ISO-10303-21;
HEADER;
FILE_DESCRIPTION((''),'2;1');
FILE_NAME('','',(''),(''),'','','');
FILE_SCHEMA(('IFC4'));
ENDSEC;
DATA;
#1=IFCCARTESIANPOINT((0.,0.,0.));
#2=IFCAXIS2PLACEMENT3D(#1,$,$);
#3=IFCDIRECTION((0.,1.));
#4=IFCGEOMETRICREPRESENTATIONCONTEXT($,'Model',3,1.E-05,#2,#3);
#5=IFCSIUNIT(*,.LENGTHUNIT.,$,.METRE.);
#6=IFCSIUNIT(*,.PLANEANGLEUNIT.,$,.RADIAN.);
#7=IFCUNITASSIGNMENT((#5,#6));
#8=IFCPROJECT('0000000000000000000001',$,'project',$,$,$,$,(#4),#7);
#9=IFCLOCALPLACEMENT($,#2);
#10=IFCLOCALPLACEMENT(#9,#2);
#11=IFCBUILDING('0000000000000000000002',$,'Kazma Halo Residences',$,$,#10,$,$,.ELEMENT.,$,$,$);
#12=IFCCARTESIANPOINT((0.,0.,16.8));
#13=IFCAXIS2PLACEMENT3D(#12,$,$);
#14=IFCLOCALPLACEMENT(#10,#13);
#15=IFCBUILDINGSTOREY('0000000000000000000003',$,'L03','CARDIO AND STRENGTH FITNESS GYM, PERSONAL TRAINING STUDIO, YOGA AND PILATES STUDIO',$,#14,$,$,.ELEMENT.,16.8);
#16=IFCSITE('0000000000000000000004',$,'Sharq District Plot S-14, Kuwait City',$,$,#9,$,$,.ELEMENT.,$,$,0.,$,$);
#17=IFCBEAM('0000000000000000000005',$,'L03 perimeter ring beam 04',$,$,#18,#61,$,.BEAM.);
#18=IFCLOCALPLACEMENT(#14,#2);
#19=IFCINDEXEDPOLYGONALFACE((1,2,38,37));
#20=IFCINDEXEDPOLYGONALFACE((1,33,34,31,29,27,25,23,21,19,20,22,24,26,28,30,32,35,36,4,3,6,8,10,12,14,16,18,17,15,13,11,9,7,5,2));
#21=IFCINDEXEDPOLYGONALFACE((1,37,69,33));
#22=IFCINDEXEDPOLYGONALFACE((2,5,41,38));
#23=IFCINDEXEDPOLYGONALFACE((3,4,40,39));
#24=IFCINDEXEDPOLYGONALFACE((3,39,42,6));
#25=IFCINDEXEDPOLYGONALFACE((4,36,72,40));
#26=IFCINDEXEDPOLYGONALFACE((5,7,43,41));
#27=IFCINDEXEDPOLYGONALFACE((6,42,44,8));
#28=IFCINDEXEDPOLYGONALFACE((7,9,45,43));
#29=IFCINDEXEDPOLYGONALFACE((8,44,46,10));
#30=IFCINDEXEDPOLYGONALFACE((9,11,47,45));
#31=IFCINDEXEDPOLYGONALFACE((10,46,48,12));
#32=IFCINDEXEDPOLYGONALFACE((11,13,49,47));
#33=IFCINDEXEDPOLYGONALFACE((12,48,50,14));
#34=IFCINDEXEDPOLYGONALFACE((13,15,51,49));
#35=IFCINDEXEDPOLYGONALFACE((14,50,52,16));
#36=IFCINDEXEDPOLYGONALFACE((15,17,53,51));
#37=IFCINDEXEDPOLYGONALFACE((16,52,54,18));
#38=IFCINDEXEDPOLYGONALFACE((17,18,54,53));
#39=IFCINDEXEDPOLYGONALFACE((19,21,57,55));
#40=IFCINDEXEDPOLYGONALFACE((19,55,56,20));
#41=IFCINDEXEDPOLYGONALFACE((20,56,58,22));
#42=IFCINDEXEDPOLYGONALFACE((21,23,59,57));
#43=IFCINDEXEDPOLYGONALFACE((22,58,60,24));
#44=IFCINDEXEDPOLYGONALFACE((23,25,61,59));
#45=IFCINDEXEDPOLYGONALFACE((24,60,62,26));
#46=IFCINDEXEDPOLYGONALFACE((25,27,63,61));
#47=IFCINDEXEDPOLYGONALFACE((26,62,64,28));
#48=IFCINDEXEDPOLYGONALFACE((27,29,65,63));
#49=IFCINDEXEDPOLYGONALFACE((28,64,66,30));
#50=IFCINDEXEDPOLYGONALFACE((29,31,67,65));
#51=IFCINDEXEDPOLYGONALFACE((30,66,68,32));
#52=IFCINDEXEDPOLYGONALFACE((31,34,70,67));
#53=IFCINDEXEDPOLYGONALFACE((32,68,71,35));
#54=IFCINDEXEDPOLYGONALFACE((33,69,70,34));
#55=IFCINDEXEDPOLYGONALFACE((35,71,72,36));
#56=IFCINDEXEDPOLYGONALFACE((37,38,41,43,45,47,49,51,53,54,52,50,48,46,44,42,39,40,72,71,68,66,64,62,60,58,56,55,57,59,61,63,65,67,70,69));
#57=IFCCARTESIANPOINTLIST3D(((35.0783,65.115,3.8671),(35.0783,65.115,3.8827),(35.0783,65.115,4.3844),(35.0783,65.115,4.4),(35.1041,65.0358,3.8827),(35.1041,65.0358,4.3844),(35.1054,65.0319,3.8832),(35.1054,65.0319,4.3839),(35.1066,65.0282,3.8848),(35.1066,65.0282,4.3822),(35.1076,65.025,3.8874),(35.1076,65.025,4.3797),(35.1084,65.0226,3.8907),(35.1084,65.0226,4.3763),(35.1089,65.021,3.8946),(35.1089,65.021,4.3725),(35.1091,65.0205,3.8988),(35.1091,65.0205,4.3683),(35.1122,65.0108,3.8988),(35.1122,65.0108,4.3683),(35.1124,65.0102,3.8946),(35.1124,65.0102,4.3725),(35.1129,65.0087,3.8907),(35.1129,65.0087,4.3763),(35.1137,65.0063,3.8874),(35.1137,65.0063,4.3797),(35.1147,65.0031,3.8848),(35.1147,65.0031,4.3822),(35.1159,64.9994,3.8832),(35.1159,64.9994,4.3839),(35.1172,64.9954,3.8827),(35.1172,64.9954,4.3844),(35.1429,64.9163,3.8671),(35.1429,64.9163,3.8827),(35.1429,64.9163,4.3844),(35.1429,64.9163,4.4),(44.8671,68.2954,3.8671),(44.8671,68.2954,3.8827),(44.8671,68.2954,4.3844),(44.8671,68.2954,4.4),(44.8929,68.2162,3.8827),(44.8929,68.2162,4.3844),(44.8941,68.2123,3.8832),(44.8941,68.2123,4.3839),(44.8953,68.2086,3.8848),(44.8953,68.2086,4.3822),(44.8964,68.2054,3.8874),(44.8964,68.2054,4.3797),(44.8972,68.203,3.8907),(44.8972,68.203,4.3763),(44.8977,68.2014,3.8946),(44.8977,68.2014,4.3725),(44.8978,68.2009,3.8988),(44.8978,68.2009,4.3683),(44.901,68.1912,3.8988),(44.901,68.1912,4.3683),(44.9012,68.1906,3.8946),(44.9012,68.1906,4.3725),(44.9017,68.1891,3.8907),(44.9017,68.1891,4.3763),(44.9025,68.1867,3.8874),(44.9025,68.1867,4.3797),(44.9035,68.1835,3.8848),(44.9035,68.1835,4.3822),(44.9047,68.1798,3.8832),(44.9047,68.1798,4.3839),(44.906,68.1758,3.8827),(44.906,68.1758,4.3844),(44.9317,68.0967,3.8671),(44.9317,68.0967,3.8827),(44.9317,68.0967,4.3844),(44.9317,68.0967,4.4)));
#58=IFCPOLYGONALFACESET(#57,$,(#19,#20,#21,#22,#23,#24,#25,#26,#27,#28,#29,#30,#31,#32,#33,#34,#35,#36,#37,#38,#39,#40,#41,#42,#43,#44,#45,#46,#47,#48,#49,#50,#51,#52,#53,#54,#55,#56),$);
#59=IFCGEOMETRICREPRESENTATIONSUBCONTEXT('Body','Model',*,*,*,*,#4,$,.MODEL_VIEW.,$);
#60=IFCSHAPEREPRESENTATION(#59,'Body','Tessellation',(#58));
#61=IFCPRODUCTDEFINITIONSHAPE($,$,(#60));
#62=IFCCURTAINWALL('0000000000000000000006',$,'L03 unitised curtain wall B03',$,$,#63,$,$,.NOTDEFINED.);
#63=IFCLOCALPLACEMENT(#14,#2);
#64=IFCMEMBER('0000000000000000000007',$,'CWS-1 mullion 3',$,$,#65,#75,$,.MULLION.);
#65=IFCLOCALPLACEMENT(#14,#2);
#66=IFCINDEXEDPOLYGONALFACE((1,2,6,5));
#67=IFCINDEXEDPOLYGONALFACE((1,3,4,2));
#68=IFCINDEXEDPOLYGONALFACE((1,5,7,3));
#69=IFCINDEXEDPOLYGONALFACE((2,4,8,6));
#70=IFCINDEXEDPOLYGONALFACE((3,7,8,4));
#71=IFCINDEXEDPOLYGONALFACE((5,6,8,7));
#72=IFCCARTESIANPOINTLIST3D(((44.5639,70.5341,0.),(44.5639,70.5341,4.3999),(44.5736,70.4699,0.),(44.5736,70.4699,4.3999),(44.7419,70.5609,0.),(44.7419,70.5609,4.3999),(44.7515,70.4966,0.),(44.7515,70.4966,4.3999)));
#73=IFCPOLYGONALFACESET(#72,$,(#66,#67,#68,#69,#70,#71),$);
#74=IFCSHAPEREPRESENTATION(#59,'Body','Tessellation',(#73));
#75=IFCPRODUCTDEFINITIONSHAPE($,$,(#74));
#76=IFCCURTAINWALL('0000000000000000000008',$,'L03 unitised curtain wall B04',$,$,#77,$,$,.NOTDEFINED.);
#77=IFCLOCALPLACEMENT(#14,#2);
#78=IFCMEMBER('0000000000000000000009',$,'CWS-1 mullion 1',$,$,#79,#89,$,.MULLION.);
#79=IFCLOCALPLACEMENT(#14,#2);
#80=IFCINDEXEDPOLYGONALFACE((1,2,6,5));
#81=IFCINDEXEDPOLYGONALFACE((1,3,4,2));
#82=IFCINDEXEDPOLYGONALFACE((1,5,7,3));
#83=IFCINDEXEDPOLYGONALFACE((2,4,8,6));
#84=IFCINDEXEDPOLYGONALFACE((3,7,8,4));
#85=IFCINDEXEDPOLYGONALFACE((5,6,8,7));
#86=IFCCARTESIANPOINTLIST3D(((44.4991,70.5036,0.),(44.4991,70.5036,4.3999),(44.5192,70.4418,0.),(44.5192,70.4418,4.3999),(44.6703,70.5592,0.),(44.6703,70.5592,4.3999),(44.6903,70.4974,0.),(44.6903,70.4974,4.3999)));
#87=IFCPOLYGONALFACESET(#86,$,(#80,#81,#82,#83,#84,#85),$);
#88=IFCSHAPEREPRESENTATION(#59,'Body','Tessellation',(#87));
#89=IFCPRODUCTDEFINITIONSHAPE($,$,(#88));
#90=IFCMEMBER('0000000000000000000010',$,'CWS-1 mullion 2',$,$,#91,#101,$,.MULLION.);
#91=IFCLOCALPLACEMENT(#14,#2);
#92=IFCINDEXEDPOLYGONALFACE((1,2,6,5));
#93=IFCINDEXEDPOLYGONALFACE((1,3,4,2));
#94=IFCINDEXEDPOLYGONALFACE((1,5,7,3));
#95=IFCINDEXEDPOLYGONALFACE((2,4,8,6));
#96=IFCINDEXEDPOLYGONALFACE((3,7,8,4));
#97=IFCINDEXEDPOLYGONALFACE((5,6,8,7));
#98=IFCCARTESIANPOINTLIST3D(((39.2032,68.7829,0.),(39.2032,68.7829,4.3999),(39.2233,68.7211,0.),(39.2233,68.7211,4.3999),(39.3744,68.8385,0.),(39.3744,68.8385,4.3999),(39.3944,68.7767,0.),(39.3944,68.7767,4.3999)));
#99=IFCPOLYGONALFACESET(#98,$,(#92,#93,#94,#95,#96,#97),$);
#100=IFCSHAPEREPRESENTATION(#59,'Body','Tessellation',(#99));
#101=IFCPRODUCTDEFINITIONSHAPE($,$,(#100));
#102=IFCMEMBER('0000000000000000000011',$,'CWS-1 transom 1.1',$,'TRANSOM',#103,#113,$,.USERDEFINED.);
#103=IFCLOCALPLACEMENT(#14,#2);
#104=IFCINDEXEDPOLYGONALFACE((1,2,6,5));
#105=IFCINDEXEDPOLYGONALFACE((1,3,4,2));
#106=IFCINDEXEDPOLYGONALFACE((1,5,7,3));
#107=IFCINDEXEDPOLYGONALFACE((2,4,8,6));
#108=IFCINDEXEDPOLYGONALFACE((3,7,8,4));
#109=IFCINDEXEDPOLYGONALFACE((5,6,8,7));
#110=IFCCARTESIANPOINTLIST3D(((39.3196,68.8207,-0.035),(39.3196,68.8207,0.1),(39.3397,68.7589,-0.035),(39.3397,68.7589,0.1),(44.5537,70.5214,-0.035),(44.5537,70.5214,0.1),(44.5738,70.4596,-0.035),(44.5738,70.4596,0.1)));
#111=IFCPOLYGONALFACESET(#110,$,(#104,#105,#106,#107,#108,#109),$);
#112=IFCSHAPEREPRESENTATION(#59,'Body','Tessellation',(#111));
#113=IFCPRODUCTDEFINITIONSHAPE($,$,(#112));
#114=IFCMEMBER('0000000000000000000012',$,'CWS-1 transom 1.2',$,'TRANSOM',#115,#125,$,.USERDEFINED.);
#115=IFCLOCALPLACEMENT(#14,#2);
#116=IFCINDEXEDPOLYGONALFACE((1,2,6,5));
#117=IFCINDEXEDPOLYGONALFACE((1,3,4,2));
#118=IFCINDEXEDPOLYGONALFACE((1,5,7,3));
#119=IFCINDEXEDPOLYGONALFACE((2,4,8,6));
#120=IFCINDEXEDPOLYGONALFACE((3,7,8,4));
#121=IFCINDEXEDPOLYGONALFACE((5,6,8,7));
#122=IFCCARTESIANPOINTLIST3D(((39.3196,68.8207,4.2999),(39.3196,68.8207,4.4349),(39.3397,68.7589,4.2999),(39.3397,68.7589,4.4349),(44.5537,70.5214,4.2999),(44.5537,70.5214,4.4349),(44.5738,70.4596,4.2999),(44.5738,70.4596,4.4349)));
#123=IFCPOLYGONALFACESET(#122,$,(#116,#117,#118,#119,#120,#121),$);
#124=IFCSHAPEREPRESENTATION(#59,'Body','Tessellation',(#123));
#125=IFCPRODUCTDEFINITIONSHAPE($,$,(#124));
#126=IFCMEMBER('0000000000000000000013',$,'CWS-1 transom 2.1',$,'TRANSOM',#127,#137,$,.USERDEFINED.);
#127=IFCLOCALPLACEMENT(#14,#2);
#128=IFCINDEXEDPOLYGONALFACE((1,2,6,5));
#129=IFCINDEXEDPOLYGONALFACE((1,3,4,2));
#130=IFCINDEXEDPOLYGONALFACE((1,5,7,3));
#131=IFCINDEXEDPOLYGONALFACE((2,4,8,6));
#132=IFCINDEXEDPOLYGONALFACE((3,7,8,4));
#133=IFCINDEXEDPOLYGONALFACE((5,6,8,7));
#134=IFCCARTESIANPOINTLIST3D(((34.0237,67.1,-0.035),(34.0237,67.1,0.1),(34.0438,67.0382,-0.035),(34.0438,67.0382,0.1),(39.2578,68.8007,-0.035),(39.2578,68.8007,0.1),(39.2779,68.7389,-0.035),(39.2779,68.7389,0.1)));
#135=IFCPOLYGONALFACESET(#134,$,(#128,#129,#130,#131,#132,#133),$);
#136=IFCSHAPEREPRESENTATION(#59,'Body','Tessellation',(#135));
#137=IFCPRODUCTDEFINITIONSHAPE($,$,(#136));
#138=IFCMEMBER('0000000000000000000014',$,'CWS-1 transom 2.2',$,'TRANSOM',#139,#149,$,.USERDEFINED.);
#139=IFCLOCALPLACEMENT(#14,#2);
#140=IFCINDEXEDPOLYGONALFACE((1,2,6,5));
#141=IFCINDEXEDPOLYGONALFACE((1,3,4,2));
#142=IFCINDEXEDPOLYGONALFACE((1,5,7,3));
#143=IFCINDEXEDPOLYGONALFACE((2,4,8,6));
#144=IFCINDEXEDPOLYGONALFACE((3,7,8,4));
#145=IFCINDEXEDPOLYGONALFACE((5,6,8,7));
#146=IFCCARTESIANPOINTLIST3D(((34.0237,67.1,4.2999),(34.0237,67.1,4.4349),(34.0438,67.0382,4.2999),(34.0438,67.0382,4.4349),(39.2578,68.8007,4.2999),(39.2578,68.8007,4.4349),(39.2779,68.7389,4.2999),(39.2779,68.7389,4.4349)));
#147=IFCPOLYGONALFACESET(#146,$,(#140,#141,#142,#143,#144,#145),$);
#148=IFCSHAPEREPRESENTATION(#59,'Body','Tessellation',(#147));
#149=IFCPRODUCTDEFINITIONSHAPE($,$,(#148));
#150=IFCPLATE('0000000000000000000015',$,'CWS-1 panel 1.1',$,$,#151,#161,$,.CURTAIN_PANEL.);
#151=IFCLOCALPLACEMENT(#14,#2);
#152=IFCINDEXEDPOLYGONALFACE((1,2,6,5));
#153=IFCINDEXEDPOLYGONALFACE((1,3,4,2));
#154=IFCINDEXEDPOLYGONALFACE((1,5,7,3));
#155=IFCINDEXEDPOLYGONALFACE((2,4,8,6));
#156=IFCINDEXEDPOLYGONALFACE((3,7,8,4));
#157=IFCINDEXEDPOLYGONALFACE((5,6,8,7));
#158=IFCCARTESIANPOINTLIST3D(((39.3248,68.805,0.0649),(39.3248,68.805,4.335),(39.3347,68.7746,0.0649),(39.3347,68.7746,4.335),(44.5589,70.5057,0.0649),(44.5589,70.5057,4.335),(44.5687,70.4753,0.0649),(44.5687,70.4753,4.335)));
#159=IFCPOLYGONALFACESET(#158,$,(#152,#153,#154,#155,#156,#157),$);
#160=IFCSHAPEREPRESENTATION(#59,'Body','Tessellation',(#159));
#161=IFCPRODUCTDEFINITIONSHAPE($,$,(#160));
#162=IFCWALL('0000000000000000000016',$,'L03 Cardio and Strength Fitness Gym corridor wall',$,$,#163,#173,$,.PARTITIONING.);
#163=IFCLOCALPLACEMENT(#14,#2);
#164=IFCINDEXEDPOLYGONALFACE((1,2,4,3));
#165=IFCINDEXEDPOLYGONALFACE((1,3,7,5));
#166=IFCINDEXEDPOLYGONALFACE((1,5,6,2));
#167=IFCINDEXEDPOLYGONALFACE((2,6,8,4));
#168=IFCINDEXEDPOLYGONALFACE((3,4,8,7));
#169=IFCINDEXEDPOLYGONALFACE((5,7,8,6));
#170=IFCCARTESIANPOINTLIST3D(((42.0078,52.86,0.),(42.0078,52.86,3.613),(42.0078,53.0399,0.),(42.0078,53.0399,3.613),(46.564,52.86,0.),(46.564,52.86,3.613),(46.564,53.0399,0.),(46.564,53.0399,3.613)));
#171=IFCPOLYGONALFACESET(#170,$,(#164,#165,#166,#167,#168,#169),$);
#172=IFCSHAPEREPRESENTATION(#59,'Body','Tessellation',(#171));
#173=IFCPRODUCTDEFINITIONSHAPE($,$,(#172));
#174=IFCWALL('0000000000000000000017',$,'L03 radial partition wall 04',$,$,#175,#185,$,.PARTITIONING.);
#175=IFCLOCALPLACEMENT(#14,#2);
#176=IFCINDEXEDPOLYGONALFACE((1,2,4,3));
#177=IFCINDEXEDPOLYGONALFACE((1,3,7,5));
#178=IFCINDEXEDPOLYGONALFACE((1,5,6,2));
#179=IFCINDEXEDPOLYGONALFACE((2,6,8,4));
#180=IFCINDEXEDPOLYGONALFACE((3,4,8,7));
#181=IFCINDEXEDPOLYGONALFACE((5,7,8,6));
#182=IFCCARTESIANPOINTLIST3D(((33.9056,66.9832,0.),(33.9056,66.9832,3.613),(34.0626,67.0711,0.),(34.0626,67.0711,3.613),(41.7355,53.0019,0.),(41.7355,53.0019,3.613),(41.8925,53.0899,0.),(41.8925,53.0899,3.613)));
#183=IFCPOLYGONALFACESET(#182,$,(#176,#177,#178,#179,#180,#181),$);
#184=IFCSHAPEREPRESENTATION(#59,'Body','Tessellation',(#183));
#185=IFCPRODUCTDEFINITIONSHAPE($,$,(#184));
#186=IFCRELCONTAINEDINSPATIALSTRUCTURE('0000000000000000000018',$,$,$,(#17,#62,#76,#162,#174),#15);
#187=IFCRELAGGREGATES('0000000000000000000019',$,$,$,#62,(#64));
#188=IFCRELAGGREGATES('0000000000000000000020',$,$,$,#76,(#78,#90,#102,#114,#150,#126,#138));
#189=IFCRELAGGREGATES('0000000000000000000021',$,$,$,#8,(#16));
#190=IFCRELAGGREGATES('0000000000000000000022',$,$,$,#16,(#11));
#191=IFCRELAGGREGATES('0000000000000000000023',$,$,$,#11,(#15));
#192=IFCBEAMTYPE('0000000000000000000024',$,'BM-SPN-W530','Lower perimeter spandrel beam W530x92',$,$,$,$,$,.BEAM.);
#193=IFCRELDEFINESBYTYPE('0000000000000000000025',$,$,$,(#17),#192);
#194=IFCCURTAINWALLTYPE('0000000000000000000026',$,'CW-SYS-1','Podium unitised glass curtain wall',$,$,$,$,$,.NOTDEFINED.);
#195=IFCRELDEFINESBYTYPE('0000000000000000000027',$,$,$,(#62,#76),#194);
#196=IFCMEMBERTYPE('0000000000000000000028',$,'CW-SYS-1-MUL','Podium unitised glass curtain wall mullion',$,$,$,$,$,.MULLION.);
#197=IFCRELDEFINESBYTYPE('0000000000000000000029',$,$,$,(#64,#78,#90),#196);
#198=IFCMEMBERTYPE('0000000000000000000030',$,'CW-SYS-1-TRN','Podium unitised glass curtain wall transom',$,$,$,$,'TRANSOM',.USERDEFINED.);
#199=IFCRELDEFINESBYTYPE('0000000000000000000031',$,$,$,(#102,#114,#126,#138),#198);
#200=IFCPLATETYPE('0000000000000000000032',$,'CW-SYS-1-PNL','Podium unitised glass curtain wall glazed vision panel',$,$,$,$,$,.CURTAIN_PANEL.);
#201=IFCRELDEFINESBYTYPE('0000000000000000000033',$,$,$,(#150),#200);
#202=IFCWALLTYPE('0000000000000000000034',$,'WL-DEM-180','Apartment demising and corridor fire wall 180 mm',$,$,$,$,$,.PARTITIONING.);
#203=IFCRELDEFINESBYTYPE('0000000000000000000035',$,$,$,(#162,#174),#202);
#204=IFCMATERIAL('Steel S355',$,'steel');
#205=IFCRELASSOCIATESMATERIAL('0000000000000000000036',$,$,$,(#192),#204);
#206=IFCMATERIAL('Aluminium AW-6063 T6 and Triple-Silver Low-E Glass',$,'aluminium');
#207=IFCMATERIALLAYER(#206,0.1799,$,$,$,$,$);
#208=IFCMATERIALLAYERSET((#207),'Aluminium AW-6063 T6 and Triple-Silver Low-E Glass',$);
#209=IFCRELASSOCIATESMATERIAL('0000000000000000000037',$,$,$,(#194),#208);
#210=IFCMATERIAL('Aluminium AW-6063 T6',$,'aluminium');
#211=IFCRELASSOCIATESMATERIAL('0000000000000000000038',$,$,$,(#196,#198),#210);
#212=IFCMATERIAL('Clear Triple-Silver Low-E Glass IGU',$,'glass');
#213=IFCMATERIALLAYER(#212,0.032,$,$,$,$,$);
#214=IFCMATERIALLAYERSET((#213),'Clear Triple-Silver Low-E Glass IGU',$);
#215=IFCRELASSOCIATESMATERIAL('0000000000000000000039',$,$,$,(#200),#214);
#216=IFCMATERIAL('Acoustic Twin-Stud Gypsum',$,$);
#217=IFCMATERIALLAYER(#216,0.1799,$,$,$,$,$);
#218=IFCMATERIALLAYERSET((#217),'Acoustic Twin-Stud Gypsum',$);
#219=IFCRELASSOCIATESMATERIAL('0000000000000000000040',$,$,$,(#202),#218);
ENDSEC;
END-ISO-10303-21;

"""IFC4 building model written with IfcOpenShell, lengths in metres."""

from ifc_helpers import new_model, si_unit, direction, frame, frame_2d, origin, origin_2d, place, context, subcontext, project, spatial, rectangle, i_section, extrude, material, layer, layer_set, material_profile, profile_set, type_object, element, aggregate, save


model = new_model("IFC4")

# Units and contexts
model_context = context("Model", 3, precision=1e-05, world=origin(), true_north=direction((0.0, 1.0)))
body_context = subcontext(model_context, "Body", "Model", "MODEL_VIEW")
ifc_project = project(units=[si_unit("LENGTHUNIT", "METRE"), si_unit("PLANEANGLEUNIT", "RADIAN")], contexts=[model_context])

# Site, building, storey
site_placement = place(None, origin())
site = spatial("IfcSite", under=ifc_project, at=site_placement, Name="Sharq District Plot S-14, Kuwait City", CompositionType="ELEMENT", RefElevation=0.0)
building_placement = place(site_placement, origin())
building = spatial("IfcBuilding", under=site, at=building_placement, Name="Kazma Halo Residences", CompositionType="ELEMENT")
storey_placement = place(building_placement, frame((0.0, 0.0, 16.8)))
storey = spatial("IfcBuildingStorey", under=building, at=storey_placement, Name="L03", Description="CARDIO AND STRENGTH FITNESS GYM, PERSONAL TRAINING STUDIO, YOGA AND PILATES STUDIO", CompositionType="ELEMENT", Elevation=16.8)

# Beam
ifc_material_1 = material(Name="Steel S355", Category="steel")
ifc_material_profile_1 = material_profile(ifc_material_1, i_section(OverallWidth=0.209, OverallDepth=0.533, WebThickness=0.0103, FlangeThickness=0.0156, FilletRadius=0.0161, at=origin_2d()), Name="W530x92")
ifc_profile_set_1 = profile_set([ifc_material_profile_1], Name="Steel S355")
beam_type_1 = type_object("IfcBeamType", Name="BM-SPN-W530", Description="Lower perimeter spandrel beam W530x92", PredefinedType="BEAM", material=ifc_profile_set_1)
beam_1_placement = place(storey_placement, frame((44.8994, 68.196, 4.1335), z_axis=(-0.951061, -0.309003, 0.0), x_axis=(0.309003, -0.951061, 0.0)))
element("IfcBeam", 1, at=beam_1_placement, inside=storey, type_object=beam_type_1, Name="L03 perimeter ring beam 04", PredefinedType="BEAM", context=body_context, shape_type="SweptSolid", body=[
    extrude(i_section(OverallWidth=0.209, OverallDepth=0.533, WebThickness=0.0103, FlangeThickness=0.0156, FilletRadius=0.0161, at=origin_2d()), origin(), (0.0, 0.0, 1.0), 10.2925),
])

# Curtain wall, member
ifc_material_2 = material(Name="Aluminium AW-6063 T6 and Triple-Silver Low-E Glass", Category="aluminium")
ifc_layer_1 = layer(ifc_material_2, 0.1799)
ifc_layer_set_1 = layer_set([ifc_layer_1], Name="Aluminium AW-6063 T6 and Triple-Silver Low-E Glass")
curtain_wall_type = type_object("IfcCurtainWallType", Name="CW-SYS-1", Description="Podium unitised glass curtain wall", PredefinedType="NOTDEFINED", material=ifc_layer_set_1)
curtain_wall_1_placement = place(storey_placement, origin())
curtain_wall_1 = element("IfcCurtainWall", 2, at=curtain_wall_1_placement, inside=storey, type_object=curtain_wall_type, Name="L03 unitised curtain wall B03", PredefinedType="NOTDEFINED")
ifc_material_3 = material(Name="Aluminium AW-6063 T6", Category="aluminium")
ifc_material_profile_2 = material_profile(ifc_material_3, rectangle(XDim=0.0649, YDim=0.1799, at=origin_2d()), Name="CWM-65x180")
ifc_profile_set_2 = profile_set([ifc_material_profile_2], Name="Aluminium AW-6063 T6")
member_type_1 = type_object("IfcMemberType", Name="CW-SYS-1-MUL", Description="Podium unitised glass curtain wall mullion", PredefinedType="MULLION", material=ifc_profile_set_2)
member_1_placement = place(storey_placement, frame((44.6577, 70.5154, 0.0), z_axis=(0.0, 0.0, 1.0), x_axis=(0.148549, -0.988905, 0.0)))
member_1 = element("IfcMember", 3, at=member_1_placement, type_object=member_type_1, Name="CWS-1 mullion 3", PredefinedType="MULLION", context=body_context, shape_type="SweptSolid", body=[
    extrude(rectangle(XDim=0.0649, YDim=0.1799, at=origin_2d()), origin(), (0.0, 0.0, 1.0), 4.3999),
])
aggregate(curtain_wall_1, [member_1])

# Curtain wall, members, plate
curtain_wall_2_placement = place(storey_placement, origin())
curtain_wall_2 = element("IfcCurtainWall", 4, at=curtain_wall_2_placement, inside=storey, type_object=curtain_wall_type, Name="L03 unitised curtain wall B04", PredefinedType="NOTDEFINED")
member_2_placement = place(storey_placement, frame((44.5947, 70.5005, 0.0), z_axis=(0.0, 0.0, 1.0), x_axis=(0.309017, -0.951056, 0.0)))
member_2 = element("IfcMember", 5, at=member_2_placement, type_object=member_type_1, Name="CWS-1 mullion 1", PredefinedType="MULLION", context=body_context, shape_type="SweptSolid", body=[
    extrude(rectangle(XDim=0.0649, YDim=0.1799, at=origin_2d()), origin(), (0.0, 0.0, 1.0), 4.3999),
])
member_3_placement = place(storey_placement, frame((39.2988, 68.7798, 0.0), z_axis=(0.0, 0.0, 1.0), x_axis=(0.309017, -0.951056, 0.0)))
member_3 = element("IfcMember", 6, at=member_3_placement, type_object=member_type_1, Name="CWS-1 mullion 2", PredefinedType="MULLION", context=body_context, shape_type="SweptSolid", body=[
    extrude(rectangle(XDim=0.0649, YDim=0.1799, at=origin_2d()), origin(), (0.0, 0.0, 1.0), 4.3999),
])
ifc_material_profile_3 = material_profile(ifc_material_3, rectangle(XDim=0.0649, YDim=0.135, at=origin_2d()), Name="CWT-65x135")
ifc_profile_set_3 = profile_set([ifc_material_profile_3], Name="Aluminium AW-6063 T6")
member_type_2 = type_object("IfcMemberType", Name="CW-SYS-1-TRN", Description="Podium unitised glass curtain wall transom", ElementType="TRANSOM", PredefinedType="USERDEFINED", material=ifc_profile_set_3)
member_4_placement = place(storey_placement, frame((44.5637, 70.4905, 0.0325), z_axis=(-0.951056, -0.309019, 0.0), x_axis=(0.309019, -0.951056, 0.0)))
member_4 = element("IfcMember", 7, at=member_4_placement, type_object=member_type_2, Name="CWS-1 transom 1.1", ObjectType="TRANSOM", PredefinedType="USERDEFINED", context=body_context, shape_type="SweptSolid", body=[
    extrude(rectangle(XDim=0.0649, YDim=0.135, at=origin_2d()), origin(), (0.0, 0.0, 1.0), 5.5034),
])
member_5_placement = place(storey_placement, frame((44.5637, 70.4905, 4.3674), z_axis=(-0.951056, -0.309019, 0.0), x_axis=(0.309019, -0.951056, 0.0)))
member_5 = element("IfcMember", 8, at=member_5_placement, type_object=member_type_2, Name="CWS-1 transom 1.2", ObjectType="TRANSOM", PredefinedType="USERDEFINED", context=body_context, shape_type="SweptSolid", body=[
    extrude(rectangle(XDim=0.0649, YDim=0.135, at=origin_2d()), origin(), (0.0, 0.0, 1.0), 5.5034),
])
member_6_placement = place(storey_placement, frame((39.2678, 68.7698, 0.0325), z_axis=(-0.951056, -0.309019, 0.0), x_axis=(0.309019, -0.951056, 0.0)))
member_6 = element("IfcMember", 9, at=member_6_placement, type_object=member_type_2, Name="CWS-1 transom 2.1", ObjectType="TRANSOM", PredefinedType="USERDEFINED", context=body_context, shape_type="SweptSolid", body=[
    extrude(rectangle(XDim=0.0649, YDim=0.135, at=origin_2d()), origin(), (0.0, 0.0, 1.0), 5.5034),
])
member_7_placement = place(storey_placement, frame((39.2678, 68.7698, 4.3674), z_axis=(-0.951056, -0.309019, 0.0), x_axis=(0.309019, -0.951056, 0.0)))
member_7 = element("IfcMember", 10, at=member_7_placement, type_object=member_type_2, Name="CWS-1 transom 2.2", ObjectType="TRANSOM", PredefinedType="USERDEFINED", context=body_context, shape_type="SweptSolid", body=[
    extrude(rectangle(XDim=0.0649, YDim=0.135, at=origin_2d()), origin(), (0.0, 0.0, 1.0), 5.5034),
])
ifc_material_4 = material(Name="Clear Triple-Silver Low-E Glass IGU", Category="glass")
ifc_layer_2 = layer(ifc_material_4, 0.032)
ifc_layer_set_2 = layer_set([ifc_layer_2], Name="Clear Triple-Silver Low-E Glass IGU")
plate_type = type_object("IfcPlateType", Name="CW-SYS-1-PNL", Description="Podium unitised glass curtain wall glazed vision panel", PredefinedType="CURTAIN_PANEL", material=ifc_layer_set_2)
plate_placement = place(storey_placement, frame((41.9468, 69.6401, 0.0649), z_axis=(0.0, 0.0, 1.0), x_axis=(-0.951056, -0.309017, 0.0)))
plate = element("IfcPlate", 11, at=plate_placement, type_object=plate_type, Name="CWS-1 panel 1.1", PredefinedType="CURTAIN_PANEL", context=body_context, shape_type="SweptSolid", body=[
    extrude(rectangle(XDim=5.5034, YDim=0.032, at=origin_2d()), origin(), (0.0, 0.0, 1.0), 4.27),
])
aggregate(curtain_wall_2, [member_2, member_3, member_4, member_5, plate, member_6, member_7])

# Walls
ifc_material_5 = material(Name="Acoustic Twin-Stud Gypsum")
ifc_layer_3 = layer(ifc_material_5, 0.1799)
ifc_layer_set_3 = layer_set([ifc_layer_3], Name="Acoustic Twin-Stud Gypsum")
wall_type_1 = type_object("IfcWallType", Name="WL-DEM-180", Description="Apartment demising and corridor fire wall 180 mm", PredefinedType="PARTITIONING", material=ifc_layer_set_3)
wall_1_placement = place(storey_placement, frame((46.564, 52.95, 0.0), z_axis=(0.0, 0.0, 1.0), x_axis=(-1.0, 0.0, 0.0)))
element("IfcWall", 12, at=wall_1_placement, inside=storey, type_object=wall_type_1, Name="L03 Cardio and Strength Fitness Gym corridor wall", PredefinedType="PARTITIONING", context=body_context, shape_type="SweptSolid", body=[
    extrude(rectangle(XDim=4.5562, YDim=0.1799, at=frame_2d((2.2781, 0.0))), origin(), (0.0, 0.0, 1.0), 3.613),
])
wall_2_placement = place(storey_placement, frame((41.814, 53.0459, 0.0), z_axis=(0.0, 0.0, 1.0), x_axis=(-0.488621, 0.872496, 0.0)))
element("IfcWall", 13, at=wall_2_placement, inside=storey, type_object=wall_type_1, Name="L03 radial partition wall 04", PredefinedType="PARTITIONING", context=body_context, shape_type="SweptSolid", body=[
    extrude(rectangle(XDim=16.0244, YDim=0.1799, at=frame_2d((8.0122, 0.0))), origin(), (0.0, 0.0, 1.0), 3.613),
])

save(model, "model.ifc")
